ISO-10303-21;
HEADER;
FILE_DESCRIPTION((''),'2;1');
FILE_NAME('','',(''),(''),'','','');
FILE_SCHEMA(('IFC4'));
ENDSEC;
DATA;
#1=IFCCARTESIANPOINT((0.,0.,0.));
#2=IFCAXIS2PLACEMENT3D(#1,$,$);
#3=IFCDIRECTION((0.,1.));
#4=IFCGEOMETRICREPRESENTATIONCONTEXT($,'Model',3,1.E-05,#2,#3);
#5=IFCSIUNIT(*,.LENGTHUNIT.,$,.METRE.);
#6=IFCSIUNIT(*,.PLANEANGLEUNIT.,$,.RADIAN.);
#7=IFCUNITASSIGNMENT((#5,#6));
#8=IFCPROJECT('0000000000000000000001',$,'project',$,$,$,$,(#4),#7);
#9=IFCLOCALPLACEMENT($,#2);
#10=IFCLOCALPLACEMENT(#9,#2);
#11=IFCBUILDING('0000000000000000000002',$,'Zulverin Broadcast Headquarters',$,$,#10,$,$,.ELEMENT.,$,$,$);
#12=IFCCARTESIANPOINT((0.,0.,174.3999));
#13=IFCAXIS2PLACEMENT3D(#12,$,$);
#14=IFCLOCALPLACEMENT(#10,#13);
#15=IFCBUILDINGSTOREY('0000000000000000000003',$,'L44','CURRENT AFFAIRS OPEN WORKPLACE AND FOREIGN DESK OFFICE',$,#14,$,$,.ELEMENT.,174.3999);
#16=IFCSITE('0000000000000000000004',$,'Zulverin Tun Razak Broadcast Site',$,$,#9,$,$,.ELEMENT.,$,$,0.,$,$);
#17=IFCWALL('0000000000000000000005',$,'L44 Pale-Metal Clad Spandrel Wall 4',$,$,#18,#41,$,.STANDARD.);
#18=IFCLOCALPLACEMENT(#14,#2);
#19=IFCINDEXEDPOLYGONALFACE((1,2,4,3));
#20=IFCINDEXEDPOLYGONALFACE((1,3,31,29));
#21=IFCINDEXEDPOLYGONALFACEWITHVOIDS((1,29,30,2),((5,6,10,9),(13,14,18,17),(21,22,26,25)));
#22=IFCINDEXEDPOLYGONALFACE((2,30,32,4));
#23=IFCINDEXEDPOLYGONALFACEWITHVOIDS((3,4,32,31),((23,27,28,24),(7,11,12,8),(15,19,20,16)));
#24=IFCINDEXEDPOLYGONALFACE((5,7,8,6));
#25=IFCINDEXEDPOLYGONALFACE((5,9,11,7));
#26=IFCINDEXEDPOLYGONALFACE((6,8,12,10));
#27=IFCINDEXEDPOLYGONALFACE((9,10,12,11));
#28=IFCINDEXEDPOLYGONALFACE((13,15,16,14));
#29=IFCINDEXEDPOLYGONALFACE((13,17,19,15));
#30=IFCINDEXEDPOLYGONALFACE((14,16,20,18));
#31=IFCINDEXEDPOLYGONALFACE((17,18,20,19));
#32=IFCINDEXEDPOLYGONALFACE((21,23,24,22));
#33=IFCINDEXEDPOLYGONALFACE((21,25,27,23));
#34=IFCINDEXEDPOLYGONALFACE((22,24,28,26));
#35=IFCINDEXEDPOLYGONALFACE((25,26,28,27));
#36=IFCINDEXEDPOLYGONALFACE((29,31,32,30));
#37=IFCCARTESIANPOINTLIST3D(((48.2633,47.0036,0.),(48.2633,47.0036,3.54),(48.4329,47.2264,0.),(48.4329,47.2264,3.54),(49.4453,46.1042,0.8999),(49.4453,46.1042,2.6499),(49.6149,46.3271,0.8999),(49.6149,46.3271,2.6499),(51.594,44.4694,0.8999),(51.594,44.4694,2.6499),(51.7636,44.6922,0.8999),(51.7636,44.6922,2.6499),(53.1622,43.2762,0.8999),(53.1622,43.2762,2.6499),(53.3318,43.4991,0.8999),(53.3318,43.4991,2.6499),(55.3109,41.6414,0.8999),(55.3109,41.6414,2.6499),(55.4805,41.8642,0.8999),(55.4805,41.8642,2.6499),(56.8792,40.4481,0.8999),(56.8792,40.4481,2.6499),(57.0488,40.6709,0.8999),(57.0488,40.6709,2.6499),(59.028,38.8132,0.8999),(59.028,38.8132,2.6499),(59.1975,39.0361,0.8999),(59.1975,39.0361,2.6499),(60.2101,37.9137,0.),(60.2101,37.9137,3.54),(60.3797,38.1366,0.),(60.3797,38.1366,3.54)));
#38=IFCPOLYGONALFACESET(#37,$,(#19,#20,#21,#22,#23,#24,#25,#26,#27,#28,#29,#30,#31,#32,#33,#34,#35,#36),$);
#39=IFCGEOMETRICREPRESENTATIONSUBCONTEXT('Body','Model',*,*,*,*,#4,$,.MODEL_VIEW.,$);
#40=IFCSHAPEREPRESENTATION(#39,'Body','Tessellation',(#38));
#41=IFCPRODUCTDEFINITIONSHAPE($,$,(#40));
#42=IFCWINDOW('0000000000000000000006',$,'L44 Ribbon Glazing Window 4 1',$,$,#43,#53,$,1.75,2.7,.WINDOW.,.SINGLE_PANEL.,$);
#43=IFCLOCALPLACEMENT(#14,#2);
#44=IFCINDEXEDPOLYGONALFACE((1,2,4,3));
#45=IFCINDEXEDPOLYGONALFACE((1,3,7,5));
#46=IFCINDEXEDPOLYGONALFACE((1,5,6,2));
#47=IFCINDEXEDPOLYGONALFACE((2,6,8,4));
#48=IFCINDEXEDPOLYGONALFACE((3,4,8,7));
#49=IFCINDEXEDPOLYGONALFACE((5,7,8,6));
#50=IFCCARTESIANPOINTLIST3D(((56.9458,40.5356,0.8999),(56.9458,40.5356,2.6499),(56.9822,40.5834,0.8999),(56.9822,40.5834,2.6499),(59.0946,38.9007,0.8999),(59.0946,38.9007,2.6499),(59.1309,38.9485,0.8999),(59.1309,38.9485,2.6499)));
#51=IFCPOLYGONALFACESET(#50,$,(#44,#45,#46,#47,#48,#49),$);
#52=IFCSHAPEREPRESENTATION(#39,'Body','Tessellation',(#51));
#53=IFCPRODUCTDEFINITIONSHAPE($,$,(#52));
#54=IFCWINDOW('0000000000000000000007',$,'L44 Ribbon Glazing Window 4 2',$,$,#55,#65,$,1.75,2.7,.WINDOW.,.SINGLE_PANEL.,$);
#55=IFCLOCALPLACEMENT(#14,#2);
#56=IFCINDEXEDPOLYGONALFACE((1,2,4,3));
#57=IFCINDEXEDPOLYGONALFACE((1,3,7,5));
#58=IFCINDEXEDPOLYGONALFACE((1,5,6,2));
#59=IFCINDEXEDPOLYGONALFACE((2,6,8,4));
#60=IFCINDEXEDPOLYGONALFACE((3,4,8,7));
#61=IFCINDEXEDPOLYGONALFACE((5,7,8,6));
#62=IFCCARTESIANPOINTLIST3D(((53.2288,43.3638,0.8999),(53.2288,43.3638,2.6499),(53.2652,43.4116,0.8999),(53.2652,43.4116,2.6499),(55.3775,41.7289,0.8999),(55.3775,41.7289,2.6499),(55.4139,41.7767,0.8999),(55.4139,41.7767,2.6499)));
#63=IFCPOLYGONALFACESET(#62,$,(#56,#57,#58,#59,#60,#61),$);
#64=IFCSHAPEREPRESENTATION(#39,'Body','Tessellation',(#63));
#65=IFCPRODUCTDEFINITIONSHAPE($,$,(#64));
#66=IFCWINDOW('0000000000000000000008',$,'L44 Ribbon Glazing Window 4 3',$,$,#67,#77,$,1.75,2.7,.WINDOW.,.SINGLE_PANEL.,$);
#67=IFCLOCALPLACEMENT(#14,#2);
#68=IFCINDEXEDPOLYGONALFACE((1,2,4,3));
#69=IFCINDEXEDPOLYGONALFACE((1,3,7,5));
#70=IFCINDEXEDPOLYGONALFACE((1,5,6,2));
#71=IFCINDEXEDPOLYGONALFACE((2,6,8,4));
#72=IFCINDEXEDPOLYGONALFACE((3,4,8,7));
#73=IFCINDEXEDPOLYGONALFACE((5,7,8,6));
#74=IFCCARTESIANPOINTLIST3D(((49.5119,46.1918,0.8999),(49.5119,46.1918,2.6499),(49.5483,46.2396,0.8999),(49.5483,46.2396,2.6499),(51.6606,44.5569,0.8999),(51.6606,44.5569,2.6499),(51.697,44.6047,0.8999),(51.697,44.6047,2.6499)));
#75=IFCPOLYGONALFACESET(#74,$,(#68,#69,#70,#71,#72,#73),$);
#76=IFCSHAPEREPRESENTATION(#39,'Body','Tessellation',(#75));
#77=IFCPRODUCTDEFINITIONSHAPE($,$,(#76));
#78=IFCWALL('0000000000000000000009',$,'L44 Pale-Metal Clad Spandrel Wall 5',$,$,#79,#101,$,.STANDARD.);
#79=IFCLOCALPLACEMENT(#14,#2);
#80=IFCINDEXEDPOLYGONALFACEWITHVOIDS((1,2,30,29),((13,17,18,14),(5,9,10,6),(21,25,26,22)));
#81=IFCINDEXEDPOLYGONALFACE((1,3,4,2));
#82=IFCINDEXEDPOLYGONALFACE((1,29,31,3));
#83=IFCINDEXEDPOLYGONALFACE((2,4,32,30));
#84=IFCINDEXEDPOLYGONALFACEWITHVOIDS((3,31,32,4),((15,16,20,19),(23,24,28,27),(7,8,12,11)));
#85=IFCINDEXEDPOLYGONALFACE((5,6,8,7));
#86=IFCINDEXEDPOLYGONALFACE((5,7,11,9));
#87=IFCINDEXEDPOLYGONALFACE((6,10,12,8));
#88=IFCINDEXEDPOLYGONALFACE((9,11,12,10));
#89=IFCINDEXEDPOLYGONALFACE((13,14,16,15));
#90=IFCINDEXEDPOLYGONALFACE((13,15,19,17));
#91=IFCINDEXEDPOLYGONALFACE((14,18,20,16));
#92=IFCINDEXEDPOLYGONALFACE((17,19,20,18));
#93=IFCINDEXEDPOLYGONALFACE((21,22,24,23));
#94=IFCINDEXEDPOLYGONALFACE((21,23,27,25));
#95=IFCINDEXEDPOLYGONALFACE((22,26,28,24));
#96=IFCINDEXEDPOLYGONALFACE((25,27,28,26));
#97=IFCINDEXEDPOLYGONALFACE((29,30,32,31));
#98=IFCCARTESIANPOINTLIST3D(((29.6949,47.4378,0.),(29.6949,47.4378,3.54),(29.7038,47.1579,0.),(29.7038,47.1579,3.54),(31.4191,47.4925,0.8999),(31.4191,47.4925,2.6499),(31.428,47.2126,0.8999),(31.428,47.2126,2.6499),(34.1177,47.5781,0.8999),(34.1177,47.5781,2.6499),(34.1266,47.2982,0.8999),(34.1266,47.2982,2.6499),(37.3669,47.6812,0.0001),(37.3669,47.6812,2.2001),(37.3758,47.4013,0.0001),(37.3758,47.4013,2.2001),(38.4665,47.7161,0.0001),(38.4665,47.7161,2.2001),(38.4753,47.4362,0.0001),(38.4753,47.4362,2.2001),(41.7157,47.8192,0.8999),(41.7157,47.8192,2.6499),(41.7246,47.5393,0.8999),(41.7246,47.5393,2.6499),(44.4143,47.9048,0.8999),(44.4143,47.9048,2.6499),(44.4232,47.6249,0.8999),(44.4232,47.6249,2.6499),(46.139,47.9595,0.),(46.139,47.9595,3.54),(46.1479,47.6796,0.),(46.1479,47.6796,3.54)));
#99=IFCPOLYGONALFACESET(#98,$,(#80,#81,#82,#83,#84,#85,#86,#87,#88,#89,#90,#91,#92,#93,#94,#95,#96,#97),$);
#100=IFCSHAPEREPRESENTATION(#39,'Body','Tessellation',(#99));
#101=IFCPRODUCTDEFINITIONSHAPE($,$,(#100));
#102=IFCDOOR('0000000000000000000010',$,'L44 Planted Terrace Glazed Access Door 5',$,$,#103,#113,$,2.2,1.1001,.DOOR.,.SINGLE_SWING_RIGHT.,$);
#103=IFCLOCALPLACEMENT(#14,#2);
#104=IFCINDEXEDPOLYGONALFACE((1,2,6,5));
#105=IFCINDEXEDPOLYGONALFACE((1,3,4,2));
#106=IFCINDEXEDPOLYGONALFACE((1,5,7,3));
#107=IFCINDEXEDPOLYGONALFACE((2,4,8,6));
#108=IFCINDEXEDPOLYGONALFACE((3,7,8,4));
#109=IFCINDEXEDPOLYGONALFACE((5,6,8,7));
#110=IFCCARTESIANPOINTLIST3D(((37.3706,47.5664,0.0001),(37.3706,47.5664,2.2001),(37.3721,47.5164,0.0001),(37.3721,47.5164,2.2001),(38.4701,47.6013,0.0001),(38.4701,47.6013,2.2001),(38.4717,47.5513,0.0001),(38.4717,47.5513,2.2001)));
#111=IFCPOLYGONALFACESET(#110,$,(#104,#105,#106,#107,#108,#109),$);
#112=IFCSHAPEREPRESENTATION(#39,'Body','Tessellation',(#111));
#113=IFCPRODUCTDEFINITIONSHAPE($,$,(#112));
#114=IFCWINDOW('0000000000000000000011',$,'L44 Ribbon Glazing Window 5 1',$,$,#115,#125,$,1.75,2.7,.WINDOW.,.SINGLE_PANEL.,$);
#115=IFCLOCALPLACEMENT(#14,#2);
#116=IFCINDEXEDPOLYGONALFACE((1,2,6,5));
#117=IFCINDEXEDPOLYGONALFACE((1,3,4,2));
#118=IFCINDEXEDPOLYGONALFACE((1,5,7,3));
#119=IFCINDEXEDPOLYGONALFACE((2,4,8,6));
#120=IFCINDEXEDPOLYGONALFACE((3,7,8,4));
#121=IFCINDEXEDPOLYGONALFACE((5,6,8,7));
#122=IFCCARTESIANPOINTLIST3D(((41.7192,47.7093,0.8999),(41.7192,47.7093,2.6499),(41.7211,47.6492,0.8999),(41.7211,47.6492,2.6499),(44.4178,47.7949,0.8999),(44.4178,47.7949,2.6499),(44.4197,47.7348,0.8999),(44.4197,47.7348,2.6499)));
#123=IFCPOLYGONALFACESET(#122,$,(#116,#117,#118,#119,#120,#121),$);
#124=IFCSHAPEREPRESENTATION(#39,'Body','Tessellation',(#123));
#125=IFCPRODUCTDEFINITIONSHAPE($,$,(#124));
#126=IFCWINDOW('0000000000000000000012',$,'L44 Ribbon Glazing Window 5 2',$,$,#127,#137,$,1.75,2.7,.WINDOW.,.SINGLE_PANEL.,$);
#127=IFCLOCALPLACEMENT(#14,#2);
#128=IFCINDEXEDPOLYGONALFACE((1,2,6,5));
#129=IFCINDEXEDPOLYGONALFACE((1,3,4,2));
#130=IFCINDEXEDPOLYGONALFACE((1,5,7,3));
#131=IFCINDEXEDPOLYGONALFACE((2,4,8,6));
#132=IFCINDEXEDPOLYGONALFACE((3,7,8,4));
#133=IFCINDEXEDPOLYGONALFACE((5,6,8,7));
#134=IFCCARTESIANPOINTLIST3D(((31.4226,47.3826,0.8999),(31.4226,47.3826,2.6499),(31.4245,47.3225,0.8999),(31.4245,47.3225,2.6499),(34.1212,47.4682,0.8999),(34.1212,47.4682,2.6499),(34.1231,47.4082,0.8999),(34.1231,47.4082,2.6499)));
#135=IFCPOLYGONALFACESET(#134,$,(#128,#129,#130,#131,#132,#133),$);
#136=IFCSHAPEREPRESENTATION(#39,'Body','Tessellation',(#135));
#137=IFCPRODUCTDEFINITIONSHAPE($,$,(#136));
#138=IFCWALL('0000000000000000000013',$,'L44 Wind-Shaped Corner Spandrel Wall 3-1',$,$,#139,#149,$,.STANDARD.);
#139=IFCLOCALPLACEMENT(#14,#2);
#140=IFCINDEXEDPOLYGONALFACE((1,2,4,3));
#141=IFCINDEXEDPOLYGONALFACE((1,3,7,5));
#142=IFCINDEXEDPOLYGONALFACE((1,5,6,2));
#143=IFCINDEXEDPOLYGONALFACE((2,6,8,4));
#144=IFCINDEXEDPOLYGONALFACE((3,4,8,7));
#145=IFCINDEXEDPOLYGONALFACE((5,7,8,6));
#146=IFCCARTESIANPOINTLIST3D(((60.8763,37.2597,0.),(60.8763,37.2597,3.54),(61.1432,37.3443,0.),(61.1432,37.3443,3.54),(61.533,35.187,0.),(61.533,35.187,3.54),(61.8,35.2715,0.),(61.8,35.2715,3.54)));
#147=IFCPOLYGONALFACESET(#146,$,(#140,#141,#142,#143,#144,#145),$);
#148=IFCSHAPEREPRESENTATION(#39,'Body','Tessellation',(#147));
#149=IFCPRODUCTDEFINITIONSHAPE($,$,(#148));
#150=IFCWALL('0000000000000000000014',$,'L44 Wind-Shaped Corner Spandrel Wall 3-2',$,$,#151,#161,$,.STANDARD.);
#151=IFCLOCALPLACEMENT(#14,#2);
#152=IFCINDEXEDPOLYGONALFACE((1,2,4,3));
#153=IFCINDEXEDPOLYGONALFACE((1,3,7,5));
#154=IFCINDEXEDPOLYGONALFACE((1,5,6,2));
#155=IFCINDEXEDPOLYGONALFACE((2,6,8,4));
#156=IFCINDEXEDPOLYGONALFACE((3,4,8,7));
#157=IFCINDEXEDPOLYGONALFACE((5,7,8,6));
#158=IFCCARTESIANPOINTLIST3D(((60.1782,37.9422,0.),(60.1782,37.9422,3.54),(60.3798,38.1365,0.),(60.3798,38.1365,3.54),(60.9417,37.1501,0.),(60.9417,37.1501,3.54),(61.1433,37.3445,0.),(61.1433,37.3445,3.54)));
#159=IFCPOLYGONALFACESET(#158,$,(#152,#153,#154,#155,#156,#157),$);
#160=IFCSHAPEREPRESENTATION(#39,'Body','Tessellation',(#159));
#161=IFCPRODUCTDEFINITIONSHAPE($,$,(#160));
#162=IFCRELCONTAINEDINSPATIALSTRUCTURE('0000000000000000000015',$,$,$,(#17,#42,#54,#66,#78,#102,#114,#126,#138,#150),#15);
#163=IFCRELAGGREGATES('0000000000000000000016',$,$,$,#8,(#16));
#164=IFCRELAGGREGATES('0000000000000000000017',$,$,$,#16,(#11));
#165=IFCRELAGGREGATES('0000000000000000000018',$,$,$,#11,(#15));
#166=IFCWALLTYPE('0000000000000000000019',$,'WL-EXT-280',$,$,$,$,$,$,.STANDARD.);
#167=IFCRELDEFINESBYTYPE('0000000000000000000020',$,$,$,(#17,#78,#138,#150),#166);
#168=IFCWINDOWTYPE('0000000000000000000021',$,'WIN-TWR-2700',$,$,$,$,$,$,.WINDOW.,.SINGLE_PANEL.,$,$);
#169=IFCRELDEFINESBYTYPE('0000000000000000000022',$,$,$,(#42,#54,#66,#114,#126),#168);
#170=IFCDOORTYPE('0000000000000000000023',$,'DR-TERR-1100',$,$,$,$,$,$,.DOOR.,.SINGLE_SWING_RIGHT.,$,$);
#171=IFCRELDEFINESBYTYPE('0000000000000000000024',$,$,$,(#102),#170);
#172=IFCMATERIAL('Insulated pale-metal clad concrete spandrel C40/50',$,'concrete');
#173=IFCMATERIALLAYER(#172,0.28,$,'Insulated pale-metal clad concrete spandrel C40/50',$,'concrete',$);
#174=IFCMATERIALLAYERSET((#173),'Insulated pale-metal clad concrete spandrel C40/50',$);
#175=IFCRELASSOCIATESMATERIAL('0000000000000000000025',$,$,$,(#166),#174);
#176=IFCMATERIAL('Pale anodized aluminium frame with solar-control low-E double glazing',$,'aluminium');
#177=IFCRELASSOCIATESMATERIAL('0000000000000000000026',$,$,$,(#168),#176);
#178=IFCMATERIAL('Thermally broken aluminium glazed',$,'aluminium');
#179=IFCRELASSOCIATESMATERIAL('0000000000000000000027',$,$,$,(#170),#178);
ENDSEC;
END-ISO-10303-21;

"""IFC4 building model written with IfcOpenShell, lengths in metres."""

from ifc_helpers import new_model, si_unit, direction, frame, frame_2d, origin, place, context, subcontext, project, spatial, rectangle, extrude, material, layer, layer_set, type_object, element, fill, save


model = new_model("IFC4")

# Units and contexts
model_context = context("Model", 3, precision=1e-05, world=origin(), true_north=direction((0.0, 1.0)))
body_context = subcontext(model_context, "Body", "Model", "MODEL_VIEW")
ifc_project = project(units=[si_unit("LENGTHUNIT", "METRE"), si_unit("PLANEANGLEUNIT", "RADIAN")], contexts=[model_context])

# Site, building, storey
site_placement = place(None, origin())
site = spatial("IfcSite", under=ifc_project, at=site_placement, Name="Zulverin Tun Razak Broadcast Site", CompositionType="ELEMENT", RefElevation=0.0)
building_placement = place(site_placement, origin())
building = spatial("IfcBuilding", under=site, at=building_placement, Name="Zulverin Broadcast Headquarters", CompositionType="ELEMENT")
storey_placement = place(building_placement, frame((0.0, 0.0, 174.3999)))
storey = spatial("IfcBuildingStorey", under=building, at=storey_placement, Name="L44", Description="CURRENT AFFAIRS OPEN WORKPLACE AND FOREIGN DESK OFFICE", CompositionType="ELEMENT", Elevation=174.3999)

# Wall, openings, windows
ifc_material_1 = material(Name="Insulated pale-metal clad concrete spandrel C40/50", Category="concrete")
ifc_layer_1 = layer(ifc_material_1, 0.28, Name="Insulated pale-metal clad concrete spandrel C40/50", Category="concrete")
ifc_layer_set_1 = layer_set([ifc_layer_1], Name="Insulated pale-metal clad concrete spandrel C40/50")
wall_type = type_object("IfcWallType", Name="WL-EXT-280", PredefinedType="STANDARD", material=ifc_layer_set_1)
wall_1_placement = place(storey_placement, frame((60.2949, 38.0251, 0.0), z_axis=(0.0, 0.0, 1.0), x_axis=(-0.795832, 0.605518, 0.0)))
wall_1 = element("IfcWall", 1, at=wall_1_placement, inside=storey, type_object=wall_type, Name="L44 Pale-Metal Clad Spandrel Wall 4", PredefinedType="STANDARD", context=body_context, shape_type="SweptSolid", body=[
    extrude(rectangle(XDim=15.0117, YDim=0.28, at=frame_2d((7.5059, 0.0))), origin(), (0.0, 0.0, 1.0), 3.54),
])
opening_1_placement = place(wall_1_placement, frame((1.4854, 0.0, 0.8999)))
opening_1 = element("IfcOpeningElement", 2, at=opening_1_placement, cuts=wall_1, PredefinedType="OPENING", context=body_context, shape_type="SweptSolid", body=[
    extrude(rectangle(XDim=2.7, YDim=1.75, at=frame_2d((1.3501, 0.875))), frame((0.0, 0.1499, 0.0), z_axis=(0.0, -1.0, 0.0), x_axis=(1.0, 0.0, 0.0)), (0.0, 0.0, 1.0), 0.3),
])
opening_2_placement = place(wall_1_placement, frame((6.156, 0.0, 0.8999)))
opening_2 = element("IfcOpeningElement", 3, at=opening_2_placement, cuts=wall_1, PredefinedType="OPENING", context=body_context, shape_type="SweptSolid", body=[
    extrude(rectangle(XDim=2.7, YDim=1.75, at=frame_2d((1.3501, 0.875))), frame((0.0, 0.1499, 0.0), z_axis=(0.0, -1.0, 0.0), x_axis=(1.0, 0.0, 0.0)), (0.0, 0.0, 1.0), 0.3),
])
opening_3_placement = place(wall_1_placement, frame((10.8264, 0.0, 0.8999)))
opening_3 = element("IfcOpeningElement", 4, at=opening_3_placement, cuts=wall_1, PredefinedType="OPENING", context=body_context, shape_type="SweptSolid", body=[
    extrude(rectangle(XDim=2.7, YDim=1.75, at=frame_2d((1.3501, 0.875))), frame((0.0, 0.1499, 0.0), z_axis=(0.0, -1.0, 0.0), x_axis=(1.0, 0.0, 0.0)), (0.0, 0.0, 1.0), 0.3),
])
ifc_material_2 = material(Name="Pale anodized aluminium frame with solar-control low-E double glazing", Category="aluminium")
window_type = type_object("IfcWindowType", Name="WIN-TWR-2700", PartitioningType="SINGLE_PANEL", PredefinedType="WINDOW", material=ifc_material_2)
window_1_placement = place(opening_1_placement, origin())
window_1 = element("IfcWindow", 5, at=window_1_placement, inside=storey, type_object=window_type, Name="L44 Ribbon Glazing Window 4 1", OverallHeight=1.75, OverallWidth=2.7, PartitioningType="SINGLE_PANEL", PredefinedType="WINDOW", context=body_context, shape_type="SweptSolid", body=[
    extrude(rectangle(XDim=2.7, YDim=1.75, at=frame_2d((1.3501, 0.875))), frame((0.0, 0.03, 0.0), z_axis=(0.0, -1.0, 0.0), x_axis=(1.0, 0.0, 0.0)), (0.0, 0.0, 1.0), 0.0601),
])
fill(opening_1, window_1)
window_2_placement = place(opening_2_placement, origin())
window_2 = element("IfcWindow", 6, at=window_2_placement, inside=storey, type_object=window_type, Name="L44 Ribbon Glazing Window 4 2", OverallHeight=1.75, OverallWidth=2.7, PartitioningType="SINGLE_PANEL", PredefinedType="WINDOW", context=body_context, shape_type="SweptSolid", body=[
    extrude(rectangle(XDim=2.7, YDim=1.75, at=frame_2d((1.3501, 0.875))), frame((0.0, 0.03, 0.0), z_axis=(0.0, -1.0, 0.0), x_axis=(1.0, 0.0, 0.0)), (0.0, 0.0, 1.0), 0.0601),
])
fill(opening_2, window_2)
window_3_placement = place(opening_3_placement, origin())
window_3 = element("IfcWindow", 7, at=window_3_placement, inside=storey, type_object=window_type, Name="L44 Ribbon Glazing Window 4 3", OverallHeight=1.75, OverallWidth=2.7, PartitioningType="SINGLE_PANEL", PredefinedType="WINDOW", context=body_context, shape_type="SweptSolid", body=[
    extrude(rectangle(XDim=2.7, YDim=1.75, at=frame_2d((1.3501, 0.875))), frame((0.0, 0.03, 0.0), z_axis=(0.0, -1.0, 0.0), x_axis=(1.0, 0.0, 0.0)), (0.0, 0.0, 1.0), 0.0601),
])
fill(opening_3, window_3)

# Wall, openings, door, windows
wall_2_placement = place(storey_placement, frame((46.1433, 47.8196, 0.0), z_axis=(0.0, 0.0, 1.0), x_axis=(-0.999497, -0.031711, 0.0)))
wall_2 = element("IfcWall", 8, at=wall_2_placement, inside=storey, type_object=wall_type, Name="L44 Pale-Metal Clad Spandrel Wall 5", PredefinedType="STANDARD", context=body_context, shape_type="SweptSolid", body=[
    extrude(rectangle(XDim=16.4524, YDim=0.28, at=frame_2d((8.2261, 0.0))), origin(), (0.0, 0.0, 1.0), 3.54),
])
opening_4_placement = place(wall_2_placement, frame((7.6763, 0.0, 0.0)))
opening_4 = element("IfcOpeningElement", 9, at=opening_4_placement, cuts=wall_2, PredefinedType="OPENING", context=body_context, shape_type="SweptSolid", body=[
    extrude(rectangle(XDim=1.1001, YDim=2.2, at=frame_2d((0.55, 1.1001))), frame((0.0, 0.1499, 0.0), z_axis=(0.0, -1.0, 0.0), x_axis=(1.0, 0.0, 0.0)), (0.0, 0.0, 1.0), 0.3),
])
opening_5_placement = place(wall_2_placement, frame((1.7253, 0.0, 0.8999)))
opening_5 = element("IfcOpeningElement", 10, at=opening_5_placement, cuts=wall_2, PredefinedType="OPENING", context=body_context, shape_type="SweptSolid", body=[
    extrude(rectangle(XDim=2.7, YDim=1.75, at=frame_2d((1.3501, 0.875))), frame((0.0, 0.1499, 0.0), z_axis=(0.0, -1.0, 0.0), x_axis=(1.0, 0.0, 0.0)), (0.0, 0.0, 1.0), 0.3),
])
opening_6_placement = place(wall_2_placement, frame((12.0271, 0.0, 0.8999)))
opening_6 = element("IfcOpeningElement", 11, at=opening_6_placement, cuts=wall_2, PredefinedType="OPENING", context=body_context, shape_type="SweptSolid", body=[
    extrude(rectangle(XDim=2.7, YDim=1.75, at=frame_2d((1.3501, 0.875))), frame((0.0, 0.1499, 0.0), z_axis=(0.0, -1.0, 0.0), x_axis=(1.0, 0.0, 0.0)), (0.0, 0.0, 1.0), 0.3),
])
ifc_material_3 = material(Name="Thermally broken aluminium glazed", Category="aluminium")
door_type = type_object("IfcDoorType", Name="DR-TERR-1100", OperationType="SINGLE_SWING_RIGHT", PredefinedType="DOOR", material=ifc_material_3)
door_placement = place(opening_4_placement, origin())
door = element("IfcDoor", 12, at=door_placement, inside=storey, type_object=door_type, Name="L44 Planted Terrace Glazed Access Door 5", OperationType="SINGLE_SWING_RIGHT", OverallHeight=2.2, OverallWidth=1.1001, PredefinedType="DOOR", context=body_context, shape_type="SweptSolid", body=[
    extrude(rectangle(XDim=1.1001, YDim=2.2, at=frame_2d((0.55, 1.1001))), frame((0.0, 0.0249, 0.0), z_axis=(0.0, -1.0, 0.0), x_axis=(1.0, 0.0, 0.0)), (0.0, 0.0, 1.0), 0.05),
])
fill(opening_4, door)
window_4_placement = place(opening_5_placement, origin())
window_4 = element("IfcWindow", 13, at=window_4_placement, inside=storey, type_object=window_type, Name="L44 Ribbon Glazing Window 5 1", OverallHeight=1.75, OverallWidth=2.7, PartitioningType="SINGLE_PANEL", PredefinedType="WINDOW", context=body_context, shape_type="SweptSolid", body=[
    extrude(rectangle(XDim=2.7, YDim=1.75, at=frame_2d((1.3501, 0.875))), frame((0.0, 0.03, 0.0), z_axis=(0.0, -1.0, 0.0), x_axis=(1.0, 0.0, 0.0)), (0.0, 0.0, 1.0), 0.0601),
])
fill(opening_5, window_4)
window_5_placement = place(opening_6_placement, origin())
window_5 = element("IfcWindow", 14, at=window_5_placement, inside=storey, type_object=window_type, Name="L44 Ribbon Glazing Window 5 2", OverallHeight=1.75, OverallWidth=2.7, PartitioningType="SINGLE_PANEL", PredefinedType="WINDOW", context=body_context, shape_type="SweptSolid", body=[
    extrude(rectangle(XDim=2.7, YDim=1.75, at=frame_2d((1.3501, 0.875))), frame((0.0, 0.03, 0.0), z_axis=(0.0, -1.0, 0.0), x_axis=(1.0, 0.0, 0.0)), (0.0, 0.0, 1.0), 0.0601),
])
fill(opening_6, window_5)

# Walls
wall_3_placement = place(storey_placement, frame((61.6665, 35.2292, 0.0), z_axis=(0.0, 0.0, 1.0), x_axis=(-0.302045, 0.953294, 0.0)))
element("IfcWall", 15, at=wall_3_placement, inside=storey, type_object=wall_type, Name="L44 Wind-Shaped Corner Spandrel Wall 3-1", PredefinedType="STANDARD", context=body_context, shape_type="SweptSolid", body=[
    extrude(rectangle(XDim=2.1743, YDim=0.28, at=frame_2d((1.0872, 0.0))), origin(), (0.0, 0.0, 1.0), 3.54),
])
wall_4_placement = place(storey_placement, frame((61.0425, 37.2473, 0.0), z_axis=(0.0, 0.0, 1.0), x_axis=(-0.694004, 0.719971, 0.0)))
element("IfcWall", 16, at=wall_4_placement, inside=storey, type_object=wall_type, Name="L44 Wind-Shaped Corner Spandrel Wall 3-2", PredefinedType="STANDARD", context=body_context, shape_type="SweptSolid", body=[
    extrude(rectangle(XDim=1.1001, YDim=0.28, at=frame_2d((0.55, 0.0))), origin(), (0.0, 0.0, 1.0), 3.54),
])

save(model, "model.ifc")
